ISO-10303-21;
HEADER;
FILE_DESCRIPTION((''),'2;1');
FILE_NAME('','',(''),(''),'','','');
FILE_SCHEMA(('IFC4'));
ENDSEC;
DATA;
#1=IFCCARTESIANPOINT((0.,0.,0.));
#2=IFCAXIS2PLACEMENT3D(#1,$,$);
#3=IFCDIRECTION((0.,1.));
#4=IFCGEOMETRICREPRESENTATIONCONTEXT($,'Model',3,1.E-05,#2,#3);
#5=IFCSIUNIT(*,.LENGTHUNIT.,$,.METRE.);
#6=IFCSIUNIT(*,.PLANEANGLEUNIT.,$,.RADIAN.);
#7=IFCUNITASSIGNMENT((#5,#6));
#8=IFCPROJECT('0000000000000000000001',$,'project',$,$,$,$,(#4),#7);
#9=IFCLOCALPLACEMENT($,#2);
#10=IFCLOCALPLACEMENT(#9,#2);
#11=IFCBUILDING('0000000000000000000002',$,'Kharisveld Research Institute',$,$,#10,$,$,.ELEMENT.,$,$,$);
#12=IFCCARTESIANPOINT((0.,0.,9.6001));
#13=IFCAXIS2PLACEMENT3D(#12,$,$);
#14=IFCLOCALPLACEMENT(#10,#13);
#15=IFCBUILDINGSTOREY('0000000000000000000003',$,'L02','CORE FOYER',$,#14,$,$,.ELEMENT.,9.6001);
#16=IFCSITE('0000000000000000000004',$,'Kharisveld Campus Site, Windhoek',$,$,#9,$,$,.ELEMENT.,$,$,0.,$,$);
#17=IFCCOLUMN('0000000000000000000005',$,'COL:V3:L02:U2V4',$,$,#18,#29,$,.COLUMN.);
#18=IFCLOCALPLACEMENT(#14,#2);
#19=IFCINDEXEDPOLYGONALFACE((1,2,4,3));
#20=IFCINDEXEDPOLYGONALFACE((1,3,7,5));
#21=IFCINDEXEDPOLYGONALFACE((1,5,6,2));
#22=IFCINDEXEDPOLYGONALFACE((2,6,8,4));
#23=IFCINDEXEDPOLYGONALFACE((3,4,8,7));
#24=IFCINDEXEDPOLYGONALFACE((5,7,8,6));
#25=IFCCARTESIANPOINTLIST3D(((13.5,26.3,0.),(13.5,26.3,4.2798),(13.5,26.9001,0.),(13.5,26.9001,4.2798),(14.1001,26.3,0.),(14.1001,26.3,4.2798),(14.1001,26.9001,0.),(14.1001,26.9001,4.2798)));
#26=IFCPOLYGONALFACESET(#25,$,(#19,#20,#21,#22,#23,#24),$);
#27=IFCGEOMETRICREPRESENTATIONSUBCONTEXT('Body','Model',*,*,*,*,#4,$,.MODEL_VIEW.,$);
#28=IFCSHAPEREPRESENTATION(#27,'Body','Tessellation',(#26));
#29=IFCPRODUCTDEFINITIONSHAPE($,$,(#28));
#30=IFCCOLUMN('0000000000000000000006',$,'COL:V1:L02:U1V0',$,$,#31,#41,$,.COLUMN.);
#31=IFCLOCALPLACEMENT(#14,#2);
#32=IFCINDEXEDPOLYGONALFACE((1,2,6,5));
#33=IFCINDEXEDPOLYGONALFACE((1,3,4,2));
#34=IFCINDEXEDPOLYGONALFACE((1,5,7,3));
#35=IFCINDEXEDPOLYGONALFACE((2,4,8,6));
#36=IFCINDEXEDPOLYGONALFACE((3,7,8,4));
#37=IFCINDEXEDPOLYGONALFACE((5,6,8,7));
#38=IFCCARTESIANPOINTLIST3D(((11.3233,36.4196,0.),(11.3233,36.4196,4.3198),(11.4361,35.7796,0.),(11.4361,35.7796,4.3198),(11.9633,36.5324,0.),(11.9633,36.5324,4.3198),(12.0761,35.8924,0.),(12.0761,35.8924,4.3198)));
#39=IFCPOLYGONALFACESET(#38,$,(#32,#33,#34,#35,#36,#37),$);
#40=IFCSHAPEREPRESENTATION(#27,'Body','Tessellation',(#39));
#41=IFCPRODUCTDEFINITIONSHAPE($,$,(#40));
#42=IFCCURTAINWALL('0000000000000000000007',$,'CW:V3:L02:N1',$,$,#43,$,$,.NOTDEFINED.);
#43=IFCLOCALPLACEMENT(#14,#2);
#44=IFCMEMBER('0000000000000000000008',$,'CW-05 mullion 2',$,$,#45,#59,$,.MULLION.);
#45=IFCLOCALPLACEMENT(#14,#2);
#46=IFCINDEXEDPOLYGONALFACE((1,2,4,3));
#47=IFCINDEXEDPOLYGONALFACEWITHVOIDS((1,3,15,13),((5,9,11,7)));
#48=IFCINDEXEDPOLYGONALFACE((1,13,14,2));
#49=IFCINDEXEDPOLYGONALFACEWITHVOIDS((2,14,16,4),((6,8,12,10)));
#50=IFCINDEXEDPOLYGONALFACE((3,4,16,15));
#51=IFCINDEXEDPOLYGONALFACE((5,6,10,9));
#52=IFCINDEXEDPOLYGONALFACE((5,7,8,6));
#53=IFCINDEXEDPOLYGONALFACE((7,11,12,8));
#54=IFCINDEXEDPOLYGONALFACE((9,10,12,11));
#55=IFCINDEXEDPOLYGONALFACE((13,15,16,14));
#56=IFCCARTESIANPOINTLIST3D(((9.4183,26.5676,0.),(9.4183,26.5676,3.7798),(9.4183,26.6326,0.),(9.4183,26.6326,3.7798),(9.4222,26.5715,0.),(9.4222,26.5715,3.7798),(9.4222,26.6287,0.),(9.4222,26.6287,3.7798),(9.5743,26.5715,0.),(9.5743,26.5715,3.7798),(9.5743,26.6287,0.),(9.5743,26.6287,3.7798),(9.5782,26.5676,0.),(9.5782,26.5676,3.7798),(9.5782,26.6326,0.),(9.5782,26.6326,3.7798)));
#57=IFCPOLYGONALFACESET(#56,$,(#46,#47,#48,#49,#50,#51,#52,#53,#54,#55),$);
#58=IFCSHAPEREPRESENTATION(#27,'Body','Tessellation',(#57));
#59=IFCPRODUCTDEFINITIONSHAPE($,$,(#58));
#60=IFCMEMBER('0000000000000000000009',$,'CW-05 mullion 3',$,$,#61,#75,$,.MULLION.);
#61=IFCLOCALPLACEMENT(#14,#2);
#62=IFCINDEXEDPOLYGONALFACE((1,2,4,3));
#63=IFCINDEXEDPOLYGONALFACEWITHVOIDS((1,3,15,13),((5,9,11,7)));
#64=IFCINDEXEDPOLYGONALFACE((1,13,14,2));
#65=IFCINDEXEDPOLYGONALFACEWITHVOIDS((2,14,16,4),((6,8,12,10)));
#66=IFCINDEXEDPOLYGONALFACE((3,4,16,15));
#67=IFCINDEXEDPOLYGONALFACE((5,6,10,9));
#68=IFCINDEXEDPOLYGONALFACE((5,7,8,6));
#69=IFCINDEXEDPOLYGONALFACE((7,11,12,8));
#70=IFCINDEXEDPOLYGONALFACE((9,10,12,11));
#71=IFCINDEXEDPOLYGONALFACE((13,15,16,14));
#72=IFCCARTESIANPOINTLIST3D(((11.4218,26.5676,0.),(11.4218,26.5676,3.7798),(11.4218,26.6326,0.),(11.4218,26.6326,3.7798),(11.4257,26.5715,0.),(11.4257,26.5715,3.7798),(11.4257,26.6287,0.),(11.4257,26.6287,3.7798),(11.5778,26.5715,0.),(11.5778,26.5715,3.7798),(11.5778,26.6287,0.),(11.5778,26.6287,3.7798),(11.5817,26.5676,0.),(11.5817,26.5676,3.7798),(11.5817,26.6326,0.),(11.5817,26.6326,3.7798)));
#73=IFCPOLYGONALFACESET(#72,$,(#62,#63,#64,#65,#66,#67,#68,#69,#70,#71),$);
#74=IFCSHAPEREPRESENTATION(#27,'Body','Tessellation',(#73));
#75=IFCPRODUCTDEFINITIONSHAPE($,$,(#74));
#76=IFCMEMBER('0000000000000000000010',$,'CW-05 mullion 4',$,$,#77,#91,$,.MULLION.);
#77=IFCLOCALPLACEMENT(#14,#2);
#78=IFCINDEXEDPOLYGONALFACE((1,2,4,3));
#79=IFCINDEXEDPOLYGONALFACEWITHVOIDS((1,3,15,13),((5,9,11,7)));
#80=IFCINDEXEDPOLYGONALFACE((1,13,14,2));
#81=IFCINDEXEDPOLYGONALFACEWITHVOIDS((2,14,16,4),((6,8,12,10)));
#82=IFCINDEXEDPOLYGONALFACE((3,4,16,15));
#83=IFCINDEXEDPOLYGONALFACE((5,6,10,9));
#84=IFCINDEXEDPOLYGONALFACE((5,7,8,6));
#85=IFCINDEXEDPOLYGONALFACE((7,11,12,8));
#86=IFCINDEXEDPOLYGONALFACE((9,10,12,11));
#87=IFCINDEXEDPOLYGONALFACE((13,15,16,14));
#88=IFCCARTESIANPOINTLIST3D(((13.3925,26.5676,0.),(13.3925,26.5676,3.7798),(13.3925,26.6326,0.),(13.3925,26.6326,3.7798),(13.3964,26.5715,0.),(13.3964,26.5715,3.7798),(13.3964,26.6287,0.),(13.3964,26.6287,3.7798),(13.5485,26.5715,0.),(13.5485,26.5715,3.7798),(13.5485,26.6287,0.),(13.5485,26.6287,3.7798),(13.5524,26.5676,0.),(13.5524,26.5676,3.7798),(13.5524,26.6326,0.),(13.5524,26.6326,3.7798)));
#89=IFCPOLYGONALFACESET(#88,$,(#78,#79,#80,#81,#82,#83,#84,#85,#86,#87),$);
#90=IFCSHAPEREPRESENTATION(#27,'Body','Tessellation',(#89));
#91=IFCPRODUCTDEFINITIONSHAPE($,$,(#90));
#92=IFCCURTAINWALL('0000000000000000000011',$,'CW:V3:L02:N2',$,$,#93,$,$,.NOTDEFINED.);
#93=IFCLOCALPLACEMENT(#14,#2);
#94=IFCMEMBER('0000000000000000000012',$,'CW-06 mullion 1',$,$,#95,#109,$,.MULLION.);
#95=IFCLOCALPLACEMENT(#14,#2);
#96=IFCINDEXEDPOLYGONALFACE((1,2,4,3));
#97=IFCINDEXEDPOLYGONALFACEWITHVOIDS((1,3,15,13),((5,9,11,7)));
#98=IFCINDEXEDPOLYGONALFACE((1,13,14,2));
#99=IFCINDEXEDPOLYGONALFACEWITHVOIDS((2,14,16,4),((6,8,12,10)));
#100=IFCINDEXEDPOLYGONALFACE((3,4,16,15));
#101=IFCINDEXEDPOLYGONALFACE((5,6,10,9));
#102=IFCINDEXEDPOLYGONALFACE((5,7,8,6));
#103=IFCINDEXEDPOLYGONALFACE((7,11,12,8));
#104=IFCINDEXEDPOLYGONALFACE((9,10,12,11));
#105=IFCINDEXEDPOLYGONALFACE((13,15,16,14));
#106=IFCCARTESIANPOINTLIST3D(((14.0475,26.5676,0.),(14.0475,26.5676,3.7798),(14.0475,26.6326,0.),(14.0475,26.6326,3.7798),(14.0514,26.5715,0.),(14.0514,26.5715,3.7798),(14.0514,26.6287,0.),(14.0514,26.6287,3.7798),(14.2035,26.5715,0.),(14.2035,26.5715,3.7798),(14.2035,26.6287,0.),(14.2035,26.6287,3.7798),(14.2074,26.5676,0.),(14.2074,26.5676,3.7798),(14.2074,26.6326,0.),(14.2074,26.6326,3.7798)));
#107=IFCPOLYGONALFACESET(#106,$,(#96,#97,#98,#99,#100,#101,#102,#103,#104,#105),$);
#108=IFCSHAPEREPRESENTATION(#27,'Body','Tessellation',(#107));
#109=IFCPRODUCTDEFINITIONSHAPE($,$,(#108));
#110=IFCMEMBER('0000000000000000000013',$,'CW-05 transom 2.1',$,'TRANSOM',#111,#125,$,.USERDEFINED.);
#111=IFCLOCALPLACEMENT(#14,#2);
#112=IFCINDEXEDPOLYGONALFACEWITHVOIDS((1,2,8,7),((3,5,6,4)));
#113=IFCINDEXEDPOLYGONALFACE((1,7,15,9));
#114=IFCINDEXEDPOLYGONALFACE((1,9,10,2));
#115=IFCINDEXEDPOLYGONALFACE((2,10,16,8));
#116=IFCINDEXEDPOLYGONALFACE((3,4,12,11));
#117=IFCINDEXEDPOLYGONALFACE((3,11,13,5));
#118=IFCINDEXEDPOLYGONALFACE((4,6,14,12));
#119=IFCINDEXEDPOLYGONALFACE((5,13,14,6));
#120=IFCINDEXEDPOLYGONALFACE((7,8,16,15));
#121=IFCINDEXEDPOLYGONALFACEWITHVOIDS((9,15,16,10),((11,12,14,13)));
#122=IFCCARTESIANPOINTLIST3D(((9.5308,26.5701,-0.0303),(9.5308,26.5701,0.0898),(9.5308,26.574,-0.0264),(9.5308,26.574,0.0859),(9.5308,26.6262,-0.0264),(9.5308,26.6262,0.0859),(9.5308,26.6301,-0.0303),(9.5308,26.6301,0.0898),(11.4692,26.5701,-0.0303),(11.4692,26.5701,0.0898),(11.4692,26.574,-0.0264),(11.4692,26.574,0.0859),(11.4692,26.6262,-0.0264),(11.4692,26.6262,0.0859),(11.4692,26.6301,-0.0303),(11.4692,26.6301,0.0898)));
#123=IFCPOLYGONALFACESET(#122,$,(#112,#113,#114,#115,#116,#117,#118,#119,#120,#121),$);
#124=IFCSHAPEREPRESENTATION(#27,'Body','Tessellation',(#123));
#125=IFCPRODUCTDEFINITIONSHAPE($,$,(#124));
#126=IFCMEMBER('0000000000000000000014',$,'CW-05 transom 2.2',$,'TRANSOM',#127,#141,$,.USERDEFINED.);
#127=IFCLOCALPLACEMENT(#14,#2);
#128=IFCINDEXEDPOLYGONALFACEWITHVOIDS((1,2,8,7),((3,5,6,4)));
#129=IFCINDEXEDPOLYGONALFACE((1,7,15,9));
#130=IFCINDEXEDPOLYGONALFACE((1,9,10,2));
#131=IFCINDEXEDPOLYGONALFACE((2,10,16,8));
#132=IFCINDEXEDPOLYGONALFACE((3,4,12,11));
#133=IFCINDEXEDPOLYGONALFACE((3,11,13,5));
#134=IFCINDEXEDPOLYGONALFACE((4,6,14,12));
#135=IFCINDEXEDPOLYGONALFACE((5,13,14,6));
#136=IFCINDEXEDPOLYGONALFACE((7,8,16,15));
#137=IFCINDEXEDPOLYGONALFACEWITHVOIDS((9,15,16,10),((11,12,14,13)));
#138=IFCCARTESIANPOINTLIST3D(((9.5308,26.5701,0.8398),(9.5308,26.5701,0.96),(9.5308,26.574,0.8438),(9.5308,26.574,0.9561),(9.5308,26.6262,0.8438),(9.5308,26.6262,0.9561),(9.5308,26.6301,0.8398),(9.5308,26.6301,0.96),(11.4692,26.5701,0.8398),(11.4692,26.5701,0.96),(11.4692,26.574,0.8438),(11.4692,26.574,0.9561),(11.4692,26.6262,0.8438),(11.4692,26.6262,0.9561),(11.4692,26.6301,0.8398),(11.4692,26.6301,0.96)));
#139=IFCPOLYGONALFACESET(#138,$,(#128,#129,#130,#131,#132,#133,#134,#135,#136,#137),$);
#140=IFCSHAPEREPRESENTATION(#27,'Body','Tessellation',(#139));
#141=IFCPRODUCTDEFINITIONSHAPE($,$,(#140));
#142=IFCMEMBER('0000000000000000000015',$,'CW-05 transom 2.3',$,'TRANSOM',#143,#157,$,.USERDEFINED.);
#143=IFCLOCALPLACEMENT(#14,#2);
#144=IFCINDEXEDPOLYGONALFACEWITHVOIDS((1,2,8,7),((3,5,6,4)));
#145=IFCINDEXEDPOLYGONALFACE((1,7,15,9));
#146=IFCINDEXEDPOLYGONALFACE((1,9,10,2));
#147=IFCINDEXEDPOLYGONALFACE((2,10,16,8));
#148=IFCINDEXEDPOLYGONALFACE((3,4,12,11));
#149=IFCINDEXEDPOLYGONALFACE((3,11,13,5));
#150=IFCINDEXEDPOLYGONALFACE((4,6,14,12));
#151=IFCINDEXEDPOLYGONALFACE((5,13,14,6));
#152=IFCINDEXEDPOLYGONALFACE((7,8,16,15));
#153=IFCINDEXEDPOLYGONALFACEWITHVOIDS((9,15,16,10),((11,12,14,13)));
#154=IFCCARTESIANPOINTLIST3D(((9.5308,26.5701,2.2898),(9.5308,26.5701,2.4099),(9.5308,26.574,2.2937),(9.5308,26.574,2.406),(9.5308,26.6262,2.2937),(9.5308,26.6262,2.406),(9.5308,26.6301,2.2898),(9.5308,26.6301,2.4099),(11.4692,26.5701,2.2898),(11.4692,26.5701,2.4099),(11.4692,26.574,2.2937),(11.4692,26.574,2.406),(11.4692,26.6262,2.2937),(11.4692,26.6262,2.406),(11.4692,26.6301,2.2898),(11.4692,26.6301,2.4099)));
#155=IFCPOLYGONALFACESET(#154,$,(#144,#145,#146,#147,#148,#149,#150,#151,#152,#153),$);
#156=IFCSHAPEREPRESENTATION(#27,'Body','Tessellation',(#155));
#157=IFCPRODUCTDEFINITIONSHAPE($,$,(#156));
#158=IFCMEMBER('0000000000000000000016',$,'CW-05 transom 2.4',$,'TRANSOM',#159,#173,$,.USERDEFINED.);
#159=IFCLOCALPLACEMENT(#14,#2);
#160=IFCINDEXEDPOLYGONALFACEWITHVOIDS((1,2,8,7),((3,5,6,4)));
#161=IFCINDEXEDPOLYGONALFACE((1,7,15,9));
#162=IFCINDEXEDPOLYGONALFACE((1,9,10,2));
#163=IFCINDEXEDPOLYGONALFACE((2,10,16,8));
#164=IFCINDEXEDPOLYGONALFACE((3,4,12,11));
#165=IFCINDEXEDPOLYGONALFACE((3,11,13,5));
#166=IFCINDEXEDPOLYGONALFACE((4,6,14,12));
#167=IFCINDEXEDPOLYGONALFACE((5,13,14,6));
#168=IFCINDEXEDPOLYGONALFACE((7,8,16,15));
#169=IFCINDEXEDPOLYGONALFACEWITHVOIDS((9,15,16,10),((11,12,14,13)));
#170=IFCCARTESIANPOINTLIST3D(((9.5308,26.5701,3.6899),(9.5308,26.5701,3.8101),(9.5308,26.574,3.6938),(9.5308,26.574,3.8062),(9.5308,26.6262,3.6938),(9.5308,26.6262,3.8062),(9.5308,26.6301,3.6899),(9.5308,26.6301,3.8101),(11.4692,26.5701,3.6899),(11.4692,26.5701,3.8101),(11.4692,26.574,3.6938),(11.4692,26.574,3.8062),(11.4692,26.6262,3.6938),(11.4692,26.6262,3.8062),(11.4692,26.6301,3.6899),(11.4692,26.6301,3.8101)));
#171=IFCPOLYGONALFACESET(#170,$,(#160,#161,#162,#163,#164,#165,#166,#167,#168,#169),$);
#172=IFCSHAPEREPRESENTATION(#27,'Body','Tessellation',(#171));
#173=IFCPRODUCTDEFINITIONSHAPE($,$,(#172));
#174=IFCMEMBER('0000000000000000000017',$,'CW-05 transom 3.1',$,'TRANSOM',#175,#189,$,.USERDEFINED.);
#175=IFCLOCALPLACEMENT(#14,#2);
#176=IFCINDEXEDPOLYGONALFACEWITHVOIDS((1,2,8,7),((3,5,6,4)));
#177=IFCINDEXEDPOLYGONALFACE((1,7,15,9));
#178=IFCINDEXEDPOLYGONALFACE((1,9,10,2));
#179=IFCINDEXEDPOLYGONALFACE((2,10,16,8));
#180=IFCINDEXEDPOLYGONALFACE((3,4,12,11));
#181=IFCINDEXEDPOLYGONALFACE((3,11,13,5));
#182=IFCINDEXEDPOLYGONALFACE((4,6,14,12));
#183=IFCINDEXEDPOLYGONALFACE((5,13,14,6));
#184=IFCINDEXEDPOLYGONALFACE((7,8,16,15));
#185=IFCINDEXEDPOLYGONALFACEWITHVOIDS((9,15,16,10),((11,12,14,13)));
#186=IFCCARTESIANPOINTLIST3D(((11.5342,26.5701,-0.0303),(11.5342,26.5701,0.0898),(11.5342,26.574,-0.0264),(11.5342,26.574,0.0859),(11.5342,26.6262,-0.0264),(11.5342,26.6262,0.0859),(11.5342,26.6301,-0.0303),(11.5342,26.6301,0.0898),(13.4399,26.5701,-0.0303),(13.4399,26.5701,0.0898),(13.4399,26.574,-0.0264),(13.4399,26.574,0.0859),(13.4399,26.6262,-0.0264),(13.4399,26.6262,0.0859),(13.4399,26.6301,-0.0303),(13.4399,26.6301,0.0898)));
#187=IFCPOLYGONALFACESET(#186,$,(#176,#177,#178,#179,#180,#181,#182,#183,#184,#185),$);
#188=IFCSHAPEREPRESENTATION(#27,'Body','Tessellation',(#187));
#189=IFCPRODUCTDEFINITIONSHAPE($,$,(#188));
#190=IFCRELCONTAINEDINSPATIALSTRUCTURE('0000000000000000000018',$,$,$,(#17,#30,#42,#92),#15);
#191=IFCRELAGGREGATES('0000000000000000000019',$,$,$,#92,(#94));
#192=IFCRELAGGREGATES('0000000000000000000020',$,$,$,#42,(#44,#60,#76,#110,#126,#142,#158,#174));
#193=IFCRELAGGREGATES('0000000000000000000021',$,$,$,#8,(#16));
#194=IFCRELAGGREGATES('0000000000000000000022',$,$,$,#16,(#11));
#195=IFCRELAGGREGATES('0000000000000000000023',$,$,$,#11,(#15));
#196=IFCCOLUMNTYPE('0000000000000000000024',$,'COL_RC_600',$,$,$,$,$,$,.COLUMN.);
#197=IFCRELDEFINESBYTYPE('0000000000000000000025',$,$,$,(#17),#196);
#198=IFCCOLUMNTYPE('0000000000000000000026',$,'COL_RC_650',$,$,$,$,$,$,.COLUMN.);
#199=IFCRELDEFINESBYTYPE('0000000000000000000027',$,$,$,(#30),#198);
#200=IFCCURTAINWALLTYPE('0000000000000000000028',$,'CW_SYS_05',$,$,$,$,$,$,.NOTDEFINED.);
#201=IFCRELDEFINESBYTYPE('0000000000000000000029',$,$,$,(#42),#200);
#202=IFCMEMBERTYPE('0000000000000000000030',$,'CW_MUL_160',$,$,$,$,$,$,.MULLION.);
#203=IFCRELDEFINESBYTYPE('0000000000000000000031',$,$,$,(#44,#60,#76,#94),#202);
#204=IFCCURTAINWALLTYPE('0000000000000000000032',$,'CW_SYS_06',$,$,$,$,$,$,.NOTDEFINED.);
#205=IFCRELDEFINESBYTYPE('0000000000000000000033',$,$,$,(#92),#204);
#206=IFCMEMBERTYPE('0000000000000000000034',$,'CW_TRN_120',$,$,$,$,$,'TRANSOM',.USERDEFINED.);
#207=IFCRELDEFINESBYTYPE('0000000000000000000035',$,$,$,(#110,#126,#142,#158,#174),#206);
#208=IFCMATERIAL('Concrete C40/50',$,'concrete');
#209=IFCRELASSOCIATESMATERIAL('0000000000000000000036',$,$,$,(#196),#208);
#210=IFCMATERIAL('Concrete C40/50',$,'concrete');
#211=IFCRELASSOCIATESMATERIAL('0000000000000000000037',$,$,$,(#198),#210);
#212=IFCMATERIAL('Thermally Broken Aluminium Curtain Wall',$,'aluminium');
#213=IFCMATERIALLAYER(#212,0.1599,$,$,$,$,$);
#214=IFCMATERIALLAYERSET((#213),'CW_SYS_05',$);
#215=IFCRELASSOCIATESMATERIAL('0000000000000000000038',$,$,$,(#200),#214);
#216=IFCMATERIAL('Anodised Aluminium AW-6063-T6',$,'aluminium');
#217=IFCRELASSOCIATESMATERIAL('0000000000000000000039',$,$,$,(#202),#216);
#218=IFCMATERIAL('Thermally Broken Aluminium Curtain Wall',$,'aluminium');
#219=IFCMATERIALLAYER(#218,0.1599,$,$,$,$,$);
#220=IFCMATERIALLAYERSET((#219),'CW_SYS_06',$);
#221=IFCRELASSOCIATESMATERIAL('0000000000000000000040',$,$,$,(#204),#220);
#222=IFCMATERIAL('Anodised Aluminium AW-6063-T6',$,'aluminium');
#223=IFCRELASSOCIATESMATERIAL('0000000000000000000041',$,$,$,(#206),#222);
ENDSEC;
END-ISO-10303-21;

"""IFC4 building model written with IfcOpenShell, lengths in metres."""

from ifc_helpers import new_model, si_unit, direction, frame, origin, origin_2d, place, context, subcontext, project, spatial, rectangle, hollow_rectangle, extrude, material, layer, layer_set, material_profile, profile_set, type_object, element, aggregate, save


model = new_model("IFC4")

# Units and contexts
model_context = context("Model", 3, precision=1e-05, world=origin(), true_north=direction((0.0, 1.0)))
body_context = subcontext(model_context, "Body", "Model", "MODEL_VIEW")
ifc_project = project(units=[si_unit("LENGTHUNIT", "METRE"), si_unit("PLANEANGLEUNIT", "RADIAN")], contexts=[model_context])

# Site, building, storey
site_placement = place(None, origin())
site = spatial("IfcSite", under=ifc_project, at=site_placement, Name="Kharisveld Campus Site, Windhoek", CompositionType="ELEMENT", RefElevation=0.0)
building_placement = place(site_placement, origin())
building = spatial("IfcBuilding", under=site, at=building_placement, Name="Kharisveld Research Institute", CompositionType="ELEMENT")
storey_placement = place(building_placement, frame((0.0, 0.0, 9.6001)))
storey = spatial("IfcBuildingStorey", under=building, at=storey_placement, Name="L02", Description="CORE FOYER", CompositionType="ELEMENT", Elevation=9.6001)

# Columns
ifc_material_1 = material(Name="Concrete C40/50", Category="concrete")
ifc_material_profile_1 = material_profile(ifc_material_1, rectangle(XDim=0.6001, YDim=0.6001, at=origin_2d()))
ifc_profile_set_1 = profile_set([ifc_material_profile_1], Name="Concrete C40/50")
column_type_1 = type_object("IfcColumnType", Name="COL_RC_600", PredefinedType="COLUMN", material=ifc_profile_set_1)
column_1_placement = place(storey_placement, frame((13.8, 26.6001, 0.0), z_axis=(0.0, 0.0, 1.0), x_axis=(1.0, 0.0, 0.0)))
element("IfcColumn", 1, at=column_1_placement, inside=storey, type_object=column_type_1, Name="COL:V3:L02:U2V4", PredefinedType="COLUMN", context=body_context, shape_type="SweptSolid", body=[
    extrude(rectangle(XDim=0.6001, YDim=0.6001, at=origin_2d()), origin(), (0.0, 0.0, 1.0), 4.2798),
])
ifc_material_2 = material(Name="Concrete C40/50", Category="concrete")
ifc_material_profile_2 = material_profile(ifc_material_2, rectangle(XDim=0.6499, YDim=0.6499, at=origin_2d()))
ifc_profile_set_2 = profile_set([ifc_material_profile_2], Name="Concrete C40/50")
column_type_2 = type_object("IfcColumnType", Name="COL_RC_650", PredefinedType="COLUMN", material=ifc_profile_set_2)
column_2_placement = place(storey_placement, frame((11.6997, 36.156, 0.0), z_axis=(0.0, 0.0, 1.0), x_axis=(0.984808, 0.173648, 0.0)))
element("IfcColumn", 2, at=column_2_placement, inside=storey, type_object=column_type_2, Name="COL:V1:L02:U1V0", PredefinedType="COLUMN", context=body_context, shape_type="SweptSolid", body=[
    extrude(rectangle(XDim=0.6499, YDim=0.6499, at=origin_2d()), origin(), (0.0, 0.0, 1.0), 4.3198),
])

# Curtain wall, members
ifc_material_3 = material(Name="Thermally Broken Aluminium Curtain Wall", Category="aluminium")
ifc_layer_1 = layer(ifc_material_3, 0.1599)
ifc_layer_set_1 = layer_set([ifc_layer_1], Name="CW_SYS_05")
curtain_wall_type_1 = type_object("IfcCurtainWallType", Name="CW_SYS_05", PredefinedType="NOTDEFINED", material=ifc_layer_set_1)
curtain_wall_1_placement = place(storey_placement, origin())
curtain_wall_1 = element("IfcCurtainWall", 3, at=curtain_wall_1_placement, inside=storey, type_object=curtain_wall_type_1, Name="CW:V3:L02:N1", PredefinedType="NOTDEFINED")
ifc_material_4 = material(Name="Anodised Aluminium AW-6063-T6", Category="aluminium")
ifc_material_profile_3 = material_profile(ifc_material_4, hollow_rectangle(XDim=0.0649, YDim=0.1599, WallThickness=0.0039, at=origin_2d()))
ifc_profile_set_3 = profile_set([ifc_material_profile_3], Name="Anodised Aluminium AW-6063-T6")
member_type_1 = type_object("IfcMemberType", Name="CW_MUL_160", PredefinedType="MULLION", material=ifc_profile_set_3)
member_1_placement = place(storey_placement, frame((9.4983, 26.6001, 0.0), z_axis=(0.0, 0.0, 1.0), x_axis=(0.0, 1.0, 0.0)))
member_1 = element("IfcMember", 4, at=member_1_placement, type_object=member_type_1, Name="CW-05 mullion 2", PredefinedType="MULLION", context=body_context, shape_type="SweptSolid", body=[
    extrude(hollow_rectangle(XDim=0.0649, YDim=0.1599, WallThickness=0.0039, at=origin_2d()), origin(), (0.0, 0.0, 1.0), 3.7798),
])
member_2_placement = place(storey_placement, frame((11.5017, 26.6001, 0.0), z_axis=(0.0, 0.0, 1.0), x_axis=(0.0, 1.0, 0.0)))
member_2 = element("IfcMember", 5, at=member_2_placement, type_object=member_type_1, Name="CW-05 mullion 3", PredefinedType="MULLION", context=body_context, shape_type="SweptSolid", body=[
    extrude(hollow_rectangle(XDim=0.0649, YDim=0.1599, WallThickness=0.0039, at=origin_2d()), origin(), (0.0, 0.0, 1.0), 3.7798),
])
member_3_placement = place(storey_placement, frame((13.4724, 26.6001, 0.0), z_axis=(0.0, 0.0, 1.0), x_axis=(0.0, 1.0, 0.0)))
member_3 = element("IfcMember", 6, at=member_3_placement, type_object=member_type_1, Name="CW-05 mullion 4", PredefinedType="MULLION", context=body_context, shape_type="SweptSolid", body=[
    extrude(hollow_rectangle(XDim=0.0649, YDim=0.1599, WallThickness=0.0039, at=origin_2d()), origin(), (0.0, 0.0, 1.0), 3.7798),
])

# Curtain wall, member
ifc_material_5 = material(Name="Thermally Broken Aluminium Curtain Wall", Category="aluminium")
ifc_layer_2 = layer(ifc_material_5, 0.1599)
ifc_layer_set_2 = layer_set([ifc_layer_2], Name="CW_SYS_06")
curtain_wall_type_2 = type_object("IfcCurtainWallType", Name="CW_SYS_06", PredefinedType="NOTDEFINED", material=ifc_layer_set_2)
curtain_wall_2_placement = place(storey_placement, origin())
curtain_wall_2 = element("IfcCurtainWall", 7, at=curtain_wall_2_placement, inside=storey, type_object=curtain_wall_type_2, Name="CW:V3:L02:N2", PredefinedType="NOTDEFINED")
member_4_placement = place(storey_placement, frame((14.1274, 26.6001, 0.0), z_axis=(0.0, 0.0, 1.0), x_axis=(0.0, 1.0, 0.0)))
member_4 = element("IfcMember", 8, at=member_4_placement, type_object=member_type_1, Name="CW-06 mullion 1", PredefinedType="MULLION", context=body_context, shape_type="SweptSolid", body=[
    extrude(hollow_rectangle(XDim=0.0649, YDim=0.1599, WallThickness=0.0039, at=origin_2d()), origin(), (0.0, 0.0, 1.0), 3.7798),
])

# Members
ifc_material_6 = material(Name="Anodised Aluminium AW-6063-T6", Category="aluminium")
ifc_material_profile_4 = material_profile(ifc_material_6, hollow_rectangle(XDim=0.0601, YDim=0.1201, WallThickness=0.0039, at=origin_2d()))
ifc_profile_set_4 = profile_set([ifc_material_profile_4], Name="Anodised Aluminium AW-6063-T6")
member_type_2 = type_object("IfcMemberType", Name="CW_TRN_120", ElementType="TRANSOM", PredefinedType="USERDEFINED", material=ifc_profile_set_4)
member_5_placement = place(storey_placement, frame((9.5308, 26.6001, 0.0298), z_axis=(1.0, 0.0, 0.0), x_axis=(0.0, 1.0, 0.0)))
member_5 = element("IfcMember", 9, at=member_5_placement, type_object=member_type_2, Name="CW-05 transom 2.1", ObjectType="TRANSOM", PredefinedType="USERDEFINED", context=body_context, shape_type="SweptSolid", body=[
    extrude(hollow_rectangle(XDim=0.0601, YDim=0.1201, WallThickness=0.0039, at=origin_2d()), origin(), (0.0, 0.0, 1.0), 1.9385),
])
member_6_placement = place(storey_placement, frame((9.5308, 26.6001, 0.8999), z_axis=(1.0, 0.0, 0.0), x_axis=(0.0, 1.0, 0.0)))
member_6 = element("IfcMember", 10, at=member_6_placement, type_object=member_type_2, Name="CW-05 transom 2.2", ObjectType="TRANSOM", PredefinedType="USERDEFINED", context=body_context, shape_type="SweptSolid", body=[
    extrude(hollow_rectangle(XDim=0.0601, YDim=0.1201, WallThickness=0.0039, at=origin_2d()), origin(), (0.0, 0.0, 1.0), 1.9385),
])
member_7_placement = place(storey_placement, frame((9.5308, 26.6001, 2.3499), z_axis=(1.0, 0.0, 0.0), x_axis=(0.0, 1.0, 0.0)))
member_7 = element("IfcMember", 11, at=member_7_placement, type_object=member_type_2, Name="CW-05 transom 2.3", ObjectType="TRANSOM", PredefinedType="USERDEFINED", context=body_context, shape_type="SweptSolid", body=[
    extrude(hollow_rectangle(XDim=0.0601, YDim=0.1201, WallThickness=0.0039, at=origin_2d()), origin(), (0.0, 0.0, 1.0), 1.9385),
])
member_8_placement = place(storey_placement, frame((9.5308, 26.6001, 3.75), z_axis=(1.0, 0.0, 0.0), x_axis=(0.0, 1.0, 0.0)))
member_8 = element("IfcMember", 12, at=member_8_placement, type_object=member_type_2, Name="CW-05 transom 2.4", ObjectType="TRANSOM", PredefinedType="USERDEFINED", context=body_context, shape_type="SweptSolid", body=[
    extrude(hollow_rectangle(XDim=0.0601, YDim=0.1201, WallThickness=0.0039, at=origin_2d()), origin(), (0.0, 0.0, 1.0), 1.9385),
])
member_9_placement = place(storey_placement, frame((11.5342, 26.6001, 0.0298), z_axis=(1.0, 0.0, 0.0), x_axis=(0.0, 1.0, 0.0)))
member_9 = element("IfcMember", 13, at=member_9_placement, type_object=member_type_2, Name="CW-05 transom 3.1", ObjectType="TRANSOM", PredefinedType="USERDEFINED", context=body_context, shape_type="SweptSolid", body=[
    extrude(hollow_rectangle(XDim=0.0601, YDim=0.1201, WallThickness=0.0039, at=origin_2d()), origin(), (0.0, 0.0, 1.0), 1.9058),
])
aggregate(curtain_wall_2, [member_4])

aggregate(curtain_wall_1, [member_1, member_2, member_3, member_5, member_6, member_7, member_8, member_9])

save(model, "model.ifc")
